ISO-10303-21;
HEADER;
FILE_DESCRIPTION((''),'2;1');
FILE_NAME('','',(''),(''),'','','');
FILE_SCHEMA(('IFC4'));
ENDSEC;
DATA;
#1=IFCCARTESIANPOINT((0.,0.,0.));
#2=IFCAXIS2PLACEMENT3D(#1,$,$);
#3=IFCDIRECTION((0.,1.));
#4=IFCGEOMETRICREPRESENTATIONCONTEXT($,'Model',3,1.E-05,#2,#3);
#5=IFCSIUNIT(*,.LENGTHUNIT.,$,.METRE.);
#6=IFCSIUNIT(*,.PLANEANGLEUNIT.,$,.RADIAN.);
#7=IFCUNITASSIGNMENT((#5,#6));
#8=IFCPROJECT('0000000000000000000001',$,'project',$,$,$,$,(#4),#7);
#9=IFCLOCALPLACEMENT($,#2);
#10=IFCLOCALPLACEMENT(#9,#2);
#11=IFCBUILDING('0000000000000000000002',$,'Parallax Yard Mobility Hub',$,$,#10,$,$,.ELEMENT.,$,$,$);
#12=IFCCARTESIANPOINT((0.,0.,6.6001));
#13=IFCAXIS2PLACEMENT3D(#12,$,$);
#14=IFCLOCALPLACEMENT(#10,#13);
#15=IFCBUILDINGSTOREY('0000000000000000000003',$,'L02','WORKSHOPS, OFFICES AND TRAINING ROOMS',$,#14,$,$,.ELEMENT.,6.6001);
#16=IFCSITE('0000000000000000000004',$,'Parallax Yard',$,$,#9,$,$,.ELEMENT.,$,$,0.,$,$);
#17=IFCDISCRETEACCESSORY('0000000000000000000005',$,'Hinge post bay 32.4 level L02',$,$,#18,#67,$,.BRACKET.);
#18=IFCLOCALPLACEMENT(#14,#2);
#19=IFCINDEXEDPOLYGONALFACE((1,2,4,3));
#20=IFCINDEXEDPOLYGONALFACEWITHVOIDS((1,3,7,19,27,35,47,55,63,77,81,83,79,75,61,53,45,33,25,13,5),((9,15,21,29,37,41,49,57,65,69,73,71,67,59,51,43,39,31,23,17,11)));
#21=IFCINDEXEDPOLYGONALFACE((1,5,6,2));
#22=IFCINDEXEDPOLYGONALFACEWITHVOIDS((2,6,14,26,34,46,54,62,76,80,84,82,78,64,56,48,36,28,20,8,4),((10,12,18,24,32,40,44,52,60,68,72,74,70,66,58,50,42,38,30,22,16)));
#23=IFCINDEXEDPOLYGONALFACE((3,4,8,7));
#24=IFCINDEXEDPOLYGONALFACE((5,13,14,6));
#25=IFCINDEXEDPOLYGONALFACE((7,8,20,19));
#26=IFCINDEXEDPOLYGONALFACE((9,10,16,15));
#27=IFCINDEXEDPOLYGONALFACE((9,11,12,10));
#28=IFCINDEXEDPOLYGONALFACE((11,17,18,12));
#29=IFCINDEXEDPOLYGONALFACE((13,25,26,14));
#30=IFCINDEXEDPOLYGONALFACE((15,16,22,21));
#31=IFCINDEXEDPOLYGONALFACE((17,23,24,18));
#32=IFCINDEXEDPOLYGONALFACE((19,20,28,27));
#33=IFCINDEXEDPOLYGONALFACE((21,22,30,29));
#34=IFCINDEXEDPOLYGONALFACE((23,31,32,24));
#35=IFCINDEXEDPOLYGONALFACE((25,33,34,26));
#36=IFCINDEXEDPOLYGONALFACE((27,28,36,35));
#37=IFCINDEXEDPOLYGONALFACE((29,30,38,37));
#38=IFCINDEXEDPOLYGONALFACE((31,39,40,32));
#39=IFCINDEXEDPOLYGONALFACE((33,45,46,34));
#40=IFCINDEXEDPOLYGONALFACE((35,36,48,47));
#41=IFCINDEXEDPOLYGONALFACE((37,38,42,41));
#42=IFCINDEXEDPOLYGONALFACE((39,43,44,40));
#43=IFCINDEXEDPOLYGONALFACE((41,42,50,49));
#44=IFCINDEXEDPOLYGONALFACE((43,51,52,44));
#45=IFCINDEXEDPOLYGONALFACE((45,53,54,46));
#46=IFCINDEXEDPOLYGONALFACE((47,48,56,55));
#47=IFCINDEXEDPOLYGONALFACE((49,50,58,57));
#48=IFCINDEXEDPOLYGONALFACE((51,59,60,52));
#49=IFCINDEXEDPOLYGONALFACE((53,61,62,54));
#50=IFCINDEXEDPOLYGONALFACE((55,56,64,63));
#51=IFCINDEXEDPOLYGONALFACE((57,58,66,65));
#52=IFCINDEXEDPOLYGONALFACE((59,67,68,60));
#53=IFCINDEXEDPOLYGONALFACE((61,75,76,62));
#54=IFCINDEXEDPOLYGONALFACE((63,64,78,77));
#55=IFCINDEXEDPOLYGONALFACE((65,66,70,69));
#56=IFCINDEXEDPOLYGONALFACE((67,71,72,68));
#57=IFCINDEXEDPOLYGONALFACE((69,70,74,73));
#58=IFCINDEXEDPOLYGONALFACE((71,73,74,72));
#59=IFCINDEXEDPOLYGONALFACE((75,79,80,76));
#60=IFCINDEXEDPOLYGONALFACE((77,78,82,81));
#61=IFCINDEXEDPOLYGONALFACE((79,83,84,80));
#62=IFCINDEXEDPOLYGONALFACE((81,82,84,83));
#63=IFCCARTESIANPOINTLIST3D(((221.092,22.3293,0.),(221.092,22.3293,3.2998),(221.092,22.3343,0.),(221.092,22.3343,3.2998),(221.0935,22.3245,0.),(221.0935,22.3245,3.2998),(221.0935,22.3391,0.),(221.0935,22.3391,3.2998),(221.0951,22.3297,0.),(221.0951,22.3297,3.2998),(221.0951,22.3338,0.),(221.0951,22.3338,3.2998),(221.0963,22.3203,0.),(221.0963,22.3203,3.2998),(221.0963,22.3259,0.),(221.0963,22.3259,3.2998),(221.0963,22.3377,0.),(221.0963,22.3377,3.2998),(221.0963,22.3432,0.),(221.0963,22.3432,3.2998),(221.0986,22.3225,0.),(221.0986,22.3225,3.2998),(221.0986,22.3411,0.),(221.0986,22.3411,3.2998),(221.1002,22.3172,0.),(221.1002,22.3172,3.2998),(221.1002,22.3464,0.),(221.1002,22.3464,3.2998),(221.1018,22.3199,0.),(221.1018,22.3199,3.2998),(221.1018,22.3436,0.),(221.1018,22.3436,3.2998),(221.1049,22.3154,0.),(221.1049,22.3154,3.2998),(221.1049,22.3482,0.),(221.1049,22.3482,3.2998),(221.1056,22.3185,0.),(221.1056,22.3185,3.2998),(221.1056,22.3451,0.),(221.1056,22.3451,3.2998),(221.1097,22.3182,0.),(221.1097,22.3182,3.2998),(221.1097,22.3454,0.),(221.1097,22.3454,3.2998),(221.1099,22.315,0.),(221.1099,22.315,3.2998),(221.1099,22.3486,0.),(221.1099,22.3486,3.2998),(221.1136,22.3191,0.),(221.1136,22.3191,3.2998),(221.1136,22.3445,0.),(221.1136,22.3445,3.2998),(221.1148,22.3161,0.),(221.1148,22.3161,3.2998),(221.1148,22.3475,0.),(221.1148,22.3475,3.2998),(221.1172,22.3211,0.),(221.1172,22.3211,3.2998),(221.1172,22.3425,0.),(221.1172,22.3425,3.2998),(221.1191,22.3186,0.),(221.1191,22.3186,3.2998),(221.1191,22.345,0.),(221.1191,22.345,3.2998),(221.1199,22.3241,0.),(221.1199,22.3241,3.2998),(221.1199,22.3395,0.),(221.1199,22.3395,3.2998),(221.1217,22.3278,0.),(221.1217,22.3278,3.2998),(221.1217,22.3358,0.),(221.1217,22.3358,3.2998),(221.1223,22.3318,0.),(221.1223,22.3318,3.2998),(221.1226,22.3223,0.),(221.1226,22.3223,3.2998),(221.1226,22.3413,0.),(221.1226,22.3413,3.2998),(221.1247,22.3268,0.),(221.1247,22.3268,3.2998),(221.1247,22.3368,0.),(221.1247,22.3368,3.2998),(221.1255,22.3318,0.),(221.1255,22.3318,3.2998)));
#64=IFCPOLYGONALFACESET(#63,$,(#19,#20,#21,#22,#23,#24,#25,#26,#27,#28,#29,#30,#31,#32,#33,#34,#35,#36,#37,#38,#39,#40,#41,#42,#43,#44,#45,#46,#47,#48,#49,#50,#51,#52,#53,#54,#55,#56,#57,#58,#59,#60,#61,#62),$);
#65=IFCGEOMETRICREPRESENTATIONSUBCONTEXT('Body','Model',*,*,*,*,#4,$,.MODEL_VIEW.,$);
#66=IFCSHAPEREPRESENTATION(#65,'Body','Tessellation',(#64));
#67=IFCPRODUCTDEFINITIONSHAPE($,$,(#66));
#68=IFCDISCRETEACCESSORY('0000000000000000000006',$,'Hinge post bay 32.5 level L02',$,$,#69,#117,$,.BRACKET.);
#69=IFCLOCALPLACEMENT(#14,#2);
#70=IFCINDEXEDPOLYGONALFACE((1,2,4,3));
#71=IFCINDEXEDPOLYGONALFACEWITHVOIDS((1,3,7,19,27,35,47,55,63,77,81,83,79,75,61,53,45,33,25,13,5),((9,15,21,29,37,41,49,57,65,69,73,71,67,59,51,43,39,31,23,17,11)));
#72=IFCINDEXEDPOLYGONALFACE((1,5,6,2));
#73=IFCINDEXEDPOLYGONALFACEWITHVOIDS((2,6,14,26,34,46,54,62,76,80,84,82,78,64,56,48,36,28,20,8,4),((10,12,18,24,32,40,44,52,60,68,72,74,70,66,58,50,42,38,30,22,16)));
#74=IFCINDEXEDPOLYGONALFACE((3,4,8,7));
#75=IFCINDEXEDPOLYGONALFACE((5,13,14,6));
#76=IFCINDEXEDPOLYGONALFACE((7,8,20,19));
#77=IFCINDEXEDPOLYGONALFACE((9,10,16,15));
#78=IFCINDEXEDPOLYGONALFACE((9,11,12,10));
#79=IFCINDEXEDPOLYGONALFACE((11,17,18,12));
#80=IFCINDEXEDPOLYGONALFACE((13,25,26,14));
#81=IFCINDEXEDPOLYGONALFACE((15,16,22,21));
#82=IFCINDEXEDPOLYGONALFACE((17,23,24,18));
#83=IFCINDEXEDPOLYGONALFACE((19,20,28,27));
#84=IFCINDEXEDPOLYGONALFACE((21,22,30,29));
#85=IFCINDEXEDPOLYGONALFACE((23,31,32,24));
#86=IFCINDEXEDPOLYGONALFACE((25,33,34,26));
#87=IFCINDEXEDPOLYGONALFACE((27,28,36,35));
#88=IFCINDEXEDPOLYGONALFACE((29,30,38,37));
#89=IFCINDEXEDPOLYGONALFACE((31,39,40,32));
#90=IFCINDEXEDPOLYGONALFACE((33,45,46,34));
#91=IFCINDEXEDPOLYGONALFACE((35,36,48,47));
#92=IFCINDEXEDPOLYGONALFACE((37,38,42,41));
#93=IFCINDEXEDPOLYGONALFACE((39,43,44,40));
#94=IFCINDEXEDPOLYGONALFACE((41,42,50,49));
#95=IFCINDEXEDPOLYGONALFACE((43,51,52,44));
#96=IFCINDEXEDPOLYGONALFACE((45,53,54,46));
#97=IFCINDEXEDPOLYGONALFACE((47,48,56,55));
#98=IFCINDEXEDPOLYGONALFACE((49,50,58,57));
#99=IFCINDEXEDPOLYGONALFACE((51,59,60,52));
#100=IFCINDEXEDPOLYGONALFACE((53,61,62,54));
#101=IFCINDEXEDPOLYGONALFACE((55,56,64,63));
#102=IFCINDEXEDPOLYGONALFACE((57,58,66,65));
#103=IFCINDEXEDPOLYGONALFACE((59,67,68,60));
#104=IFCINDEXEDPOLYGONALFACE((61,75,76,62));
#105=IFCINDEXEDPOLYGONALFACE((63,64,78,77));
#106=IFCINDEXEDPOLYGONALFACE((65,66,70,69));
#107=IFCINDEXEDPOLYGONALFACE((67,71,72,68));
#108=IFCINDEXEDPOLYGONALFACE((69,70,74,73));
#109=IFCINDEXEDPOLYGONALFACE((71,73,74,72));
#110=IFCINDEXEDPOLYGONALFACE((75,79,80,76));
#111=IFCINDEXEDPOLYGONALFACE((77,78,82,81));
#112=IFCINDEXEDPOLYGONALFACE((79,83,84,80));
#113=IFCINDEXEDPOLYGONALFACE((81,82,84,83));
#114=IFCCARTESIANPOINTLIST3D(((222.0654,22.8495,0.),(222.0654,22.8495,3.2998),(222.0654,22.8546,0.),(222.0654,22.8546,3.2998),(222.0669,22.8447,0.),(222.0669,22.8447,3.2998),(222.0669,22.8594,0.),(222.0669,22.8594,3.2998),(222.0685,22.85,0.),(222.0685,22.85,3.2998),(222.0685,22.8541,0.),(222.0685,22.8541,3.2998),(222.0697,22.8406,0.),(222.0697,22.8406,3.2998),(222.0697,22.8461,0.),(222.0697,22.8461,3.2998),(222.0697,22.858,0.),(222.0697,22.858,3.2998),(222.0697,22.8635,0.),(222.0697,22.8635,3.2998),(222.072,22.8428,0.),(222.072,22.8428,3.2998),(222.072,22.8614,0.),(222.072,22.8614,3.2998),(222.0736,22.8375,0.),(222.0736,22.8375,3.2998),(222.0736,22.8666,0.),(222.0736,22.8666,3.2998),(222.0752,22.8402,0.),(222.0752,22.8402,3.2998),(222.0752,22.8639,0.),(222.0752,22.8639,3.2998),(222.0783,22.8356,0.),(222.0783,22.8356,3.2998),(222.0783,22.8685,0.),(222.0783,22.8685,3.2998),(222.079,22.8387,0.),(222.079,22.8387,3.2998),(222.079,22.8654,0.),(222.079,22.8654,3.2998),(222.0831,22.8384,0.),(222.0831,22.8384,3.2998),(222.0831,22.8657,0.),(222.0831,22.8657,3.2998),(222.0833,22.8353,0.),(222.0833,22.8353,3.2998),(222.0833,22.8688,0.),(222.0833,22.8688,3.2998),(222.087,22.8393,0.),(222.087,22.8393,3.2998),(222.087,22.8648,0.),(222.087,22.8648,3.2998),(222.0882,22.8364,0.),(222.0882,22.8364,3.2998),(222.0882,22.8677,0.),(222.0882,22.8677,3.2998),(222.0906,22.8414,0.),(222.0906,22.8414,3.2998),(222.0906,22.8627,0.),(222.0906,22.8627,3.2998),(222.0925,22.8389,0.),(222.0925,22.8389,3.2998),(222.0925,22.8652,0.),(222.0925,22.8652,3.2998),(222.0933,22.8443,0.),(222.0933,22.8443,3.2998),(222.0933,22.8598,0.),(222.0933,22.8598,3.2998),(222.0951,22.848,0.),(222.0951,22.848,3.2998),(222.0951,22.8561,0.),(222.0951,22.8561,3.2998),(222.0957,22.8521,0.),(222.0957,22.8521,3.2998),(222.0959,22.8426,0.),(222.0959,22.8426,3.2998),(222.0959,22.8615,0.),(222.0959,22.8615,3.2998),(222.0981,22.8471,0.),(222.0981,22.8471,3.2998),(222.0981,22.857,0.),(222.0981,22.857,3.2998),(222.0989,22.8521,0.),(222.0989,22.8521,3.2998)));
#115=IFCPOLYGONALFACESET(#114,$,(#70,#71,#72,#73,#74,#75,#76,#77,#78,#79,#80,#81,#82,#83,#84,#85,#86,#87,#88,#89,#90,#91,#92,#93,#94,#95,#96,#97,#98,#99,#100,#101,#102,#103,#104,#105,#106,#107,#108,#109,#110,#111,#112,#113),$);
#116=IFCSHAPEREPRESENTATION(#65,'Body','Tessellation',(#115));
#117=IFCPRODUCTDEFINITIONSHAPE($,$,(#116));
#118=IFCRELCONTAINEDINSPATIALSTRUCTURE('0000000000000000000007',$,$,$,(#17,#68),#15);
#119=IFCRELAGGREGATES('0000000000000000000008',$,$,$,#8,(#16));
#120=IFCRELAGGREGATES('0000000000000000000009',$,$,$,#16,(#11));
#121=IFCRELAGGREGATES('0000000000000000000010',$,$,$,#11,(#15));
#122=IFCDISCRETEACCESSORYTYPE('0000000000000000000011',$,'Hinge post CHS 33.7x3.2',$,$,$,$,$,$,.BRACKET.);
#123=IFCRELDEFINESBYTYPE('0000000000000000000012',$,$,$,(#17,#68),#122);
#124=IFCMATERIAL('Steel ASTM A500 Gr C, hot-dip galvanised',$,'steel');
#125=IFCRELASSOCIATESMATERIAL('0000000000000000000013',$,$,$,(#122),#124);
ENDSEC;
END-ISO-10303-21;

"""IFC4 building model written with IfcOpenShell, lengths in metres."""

from ifc_helpers import new_model, si_unit, direction, frame, origin, origin_2d, place, context, subcontext, project, spatial, hollow_circle, extrude, material, material_profile, profile_set, type_object, element, save


model = new_model("IFC4")

# Units and contexts
model_context = context("Model", 3, precision=1e-05, world=origin(), true_north=direction((0.0, 1.0)))
body_context = subcontext(model_context, "Body", "Model", "MODEL_VIEW")
ifc_project = project(units=[si_unit("LENGTHUNIT", "METRE"), si_unit("PLANEANGLEUNIT", "RADIAN")], contexts=[model_context])

# Site, building, storey
site_placement = place(None, origin())
site = spatial("IfcSite", under=ifc_project, at=site_placement, Name="Parallax Yard", CompositionType="ELEMENT", RefElevation=0.0)
building_placement = place(site_placement, origin())
building = spatial("IfcBuilding", under=site, at=building_placement, Name="Parallax Yard Mobility Hub", CompositionType="ELEMENT")
storey_placement = place(building_placement, frame((0.0, 0.0, 6.6001)))
storey = spatial("IfcBuildingStorey", under=building, at=storey_placement, Name="L02", Description="WORKSHOPS, OFFICES AND TRAINING ROOMS", CompositionType="ELEMENT", Elevation=6.6001)

# Discrete accessories
ifc_material_1 = material(Name="Steel ASTM A500 Gr C, hot-dip galvanised", Category="steel")
ifc_material_profile_1 = material_profile(ifc_material_1, hollow_circle(Radius=0.0168, WallThickness=0.0032, at=origin_2d()), Name="CHS 33.7x3.2")
ifc_profile_set_1 = profile_set([ifc_material_profile_1], Name="Steel ASTM A500 Gr C, hot-dip galvanised")
discrete_accessory_type_1 = type_object("IfcDiscreteAccessoryType", Name="Hinge post CHS 33.7x3.2", PredefinedType="BRACKET", material=ifc_profile_set_1)
for number, where, z_axis, x_axis, name in (
    (1, (221.1086, 22.3318, 0.0), (0.0, 0.0, 1.0), (1.0, 0.0, 0.0), "Hinge post bay 32.4 level L02"),
    (2, (222.082, 22.8521, 0.0), (0.0, 0.0, 1.0), (1.0, 0.0, 0.0), "Hinge post bay 32.5 level L02"),
):
    element("IfcDiscreteAccessory", number, at=place(storey_placement, frame(where, z_axis=z_axis, x_axis=x_axis)), inside=storey, type_object=discrete_accessory_type_1, Name=name, PredefinedType="BRACKET", context=body_context, shape_type="SweptSolid", body=[
        extrude(hollow_circle(Radius=0.0168, WallThickness=0.0032, at=origin_2d()), origin(), (0.0, 0.0, 1.0), 3.2998),
    ])

save(model, "model.ifc")
